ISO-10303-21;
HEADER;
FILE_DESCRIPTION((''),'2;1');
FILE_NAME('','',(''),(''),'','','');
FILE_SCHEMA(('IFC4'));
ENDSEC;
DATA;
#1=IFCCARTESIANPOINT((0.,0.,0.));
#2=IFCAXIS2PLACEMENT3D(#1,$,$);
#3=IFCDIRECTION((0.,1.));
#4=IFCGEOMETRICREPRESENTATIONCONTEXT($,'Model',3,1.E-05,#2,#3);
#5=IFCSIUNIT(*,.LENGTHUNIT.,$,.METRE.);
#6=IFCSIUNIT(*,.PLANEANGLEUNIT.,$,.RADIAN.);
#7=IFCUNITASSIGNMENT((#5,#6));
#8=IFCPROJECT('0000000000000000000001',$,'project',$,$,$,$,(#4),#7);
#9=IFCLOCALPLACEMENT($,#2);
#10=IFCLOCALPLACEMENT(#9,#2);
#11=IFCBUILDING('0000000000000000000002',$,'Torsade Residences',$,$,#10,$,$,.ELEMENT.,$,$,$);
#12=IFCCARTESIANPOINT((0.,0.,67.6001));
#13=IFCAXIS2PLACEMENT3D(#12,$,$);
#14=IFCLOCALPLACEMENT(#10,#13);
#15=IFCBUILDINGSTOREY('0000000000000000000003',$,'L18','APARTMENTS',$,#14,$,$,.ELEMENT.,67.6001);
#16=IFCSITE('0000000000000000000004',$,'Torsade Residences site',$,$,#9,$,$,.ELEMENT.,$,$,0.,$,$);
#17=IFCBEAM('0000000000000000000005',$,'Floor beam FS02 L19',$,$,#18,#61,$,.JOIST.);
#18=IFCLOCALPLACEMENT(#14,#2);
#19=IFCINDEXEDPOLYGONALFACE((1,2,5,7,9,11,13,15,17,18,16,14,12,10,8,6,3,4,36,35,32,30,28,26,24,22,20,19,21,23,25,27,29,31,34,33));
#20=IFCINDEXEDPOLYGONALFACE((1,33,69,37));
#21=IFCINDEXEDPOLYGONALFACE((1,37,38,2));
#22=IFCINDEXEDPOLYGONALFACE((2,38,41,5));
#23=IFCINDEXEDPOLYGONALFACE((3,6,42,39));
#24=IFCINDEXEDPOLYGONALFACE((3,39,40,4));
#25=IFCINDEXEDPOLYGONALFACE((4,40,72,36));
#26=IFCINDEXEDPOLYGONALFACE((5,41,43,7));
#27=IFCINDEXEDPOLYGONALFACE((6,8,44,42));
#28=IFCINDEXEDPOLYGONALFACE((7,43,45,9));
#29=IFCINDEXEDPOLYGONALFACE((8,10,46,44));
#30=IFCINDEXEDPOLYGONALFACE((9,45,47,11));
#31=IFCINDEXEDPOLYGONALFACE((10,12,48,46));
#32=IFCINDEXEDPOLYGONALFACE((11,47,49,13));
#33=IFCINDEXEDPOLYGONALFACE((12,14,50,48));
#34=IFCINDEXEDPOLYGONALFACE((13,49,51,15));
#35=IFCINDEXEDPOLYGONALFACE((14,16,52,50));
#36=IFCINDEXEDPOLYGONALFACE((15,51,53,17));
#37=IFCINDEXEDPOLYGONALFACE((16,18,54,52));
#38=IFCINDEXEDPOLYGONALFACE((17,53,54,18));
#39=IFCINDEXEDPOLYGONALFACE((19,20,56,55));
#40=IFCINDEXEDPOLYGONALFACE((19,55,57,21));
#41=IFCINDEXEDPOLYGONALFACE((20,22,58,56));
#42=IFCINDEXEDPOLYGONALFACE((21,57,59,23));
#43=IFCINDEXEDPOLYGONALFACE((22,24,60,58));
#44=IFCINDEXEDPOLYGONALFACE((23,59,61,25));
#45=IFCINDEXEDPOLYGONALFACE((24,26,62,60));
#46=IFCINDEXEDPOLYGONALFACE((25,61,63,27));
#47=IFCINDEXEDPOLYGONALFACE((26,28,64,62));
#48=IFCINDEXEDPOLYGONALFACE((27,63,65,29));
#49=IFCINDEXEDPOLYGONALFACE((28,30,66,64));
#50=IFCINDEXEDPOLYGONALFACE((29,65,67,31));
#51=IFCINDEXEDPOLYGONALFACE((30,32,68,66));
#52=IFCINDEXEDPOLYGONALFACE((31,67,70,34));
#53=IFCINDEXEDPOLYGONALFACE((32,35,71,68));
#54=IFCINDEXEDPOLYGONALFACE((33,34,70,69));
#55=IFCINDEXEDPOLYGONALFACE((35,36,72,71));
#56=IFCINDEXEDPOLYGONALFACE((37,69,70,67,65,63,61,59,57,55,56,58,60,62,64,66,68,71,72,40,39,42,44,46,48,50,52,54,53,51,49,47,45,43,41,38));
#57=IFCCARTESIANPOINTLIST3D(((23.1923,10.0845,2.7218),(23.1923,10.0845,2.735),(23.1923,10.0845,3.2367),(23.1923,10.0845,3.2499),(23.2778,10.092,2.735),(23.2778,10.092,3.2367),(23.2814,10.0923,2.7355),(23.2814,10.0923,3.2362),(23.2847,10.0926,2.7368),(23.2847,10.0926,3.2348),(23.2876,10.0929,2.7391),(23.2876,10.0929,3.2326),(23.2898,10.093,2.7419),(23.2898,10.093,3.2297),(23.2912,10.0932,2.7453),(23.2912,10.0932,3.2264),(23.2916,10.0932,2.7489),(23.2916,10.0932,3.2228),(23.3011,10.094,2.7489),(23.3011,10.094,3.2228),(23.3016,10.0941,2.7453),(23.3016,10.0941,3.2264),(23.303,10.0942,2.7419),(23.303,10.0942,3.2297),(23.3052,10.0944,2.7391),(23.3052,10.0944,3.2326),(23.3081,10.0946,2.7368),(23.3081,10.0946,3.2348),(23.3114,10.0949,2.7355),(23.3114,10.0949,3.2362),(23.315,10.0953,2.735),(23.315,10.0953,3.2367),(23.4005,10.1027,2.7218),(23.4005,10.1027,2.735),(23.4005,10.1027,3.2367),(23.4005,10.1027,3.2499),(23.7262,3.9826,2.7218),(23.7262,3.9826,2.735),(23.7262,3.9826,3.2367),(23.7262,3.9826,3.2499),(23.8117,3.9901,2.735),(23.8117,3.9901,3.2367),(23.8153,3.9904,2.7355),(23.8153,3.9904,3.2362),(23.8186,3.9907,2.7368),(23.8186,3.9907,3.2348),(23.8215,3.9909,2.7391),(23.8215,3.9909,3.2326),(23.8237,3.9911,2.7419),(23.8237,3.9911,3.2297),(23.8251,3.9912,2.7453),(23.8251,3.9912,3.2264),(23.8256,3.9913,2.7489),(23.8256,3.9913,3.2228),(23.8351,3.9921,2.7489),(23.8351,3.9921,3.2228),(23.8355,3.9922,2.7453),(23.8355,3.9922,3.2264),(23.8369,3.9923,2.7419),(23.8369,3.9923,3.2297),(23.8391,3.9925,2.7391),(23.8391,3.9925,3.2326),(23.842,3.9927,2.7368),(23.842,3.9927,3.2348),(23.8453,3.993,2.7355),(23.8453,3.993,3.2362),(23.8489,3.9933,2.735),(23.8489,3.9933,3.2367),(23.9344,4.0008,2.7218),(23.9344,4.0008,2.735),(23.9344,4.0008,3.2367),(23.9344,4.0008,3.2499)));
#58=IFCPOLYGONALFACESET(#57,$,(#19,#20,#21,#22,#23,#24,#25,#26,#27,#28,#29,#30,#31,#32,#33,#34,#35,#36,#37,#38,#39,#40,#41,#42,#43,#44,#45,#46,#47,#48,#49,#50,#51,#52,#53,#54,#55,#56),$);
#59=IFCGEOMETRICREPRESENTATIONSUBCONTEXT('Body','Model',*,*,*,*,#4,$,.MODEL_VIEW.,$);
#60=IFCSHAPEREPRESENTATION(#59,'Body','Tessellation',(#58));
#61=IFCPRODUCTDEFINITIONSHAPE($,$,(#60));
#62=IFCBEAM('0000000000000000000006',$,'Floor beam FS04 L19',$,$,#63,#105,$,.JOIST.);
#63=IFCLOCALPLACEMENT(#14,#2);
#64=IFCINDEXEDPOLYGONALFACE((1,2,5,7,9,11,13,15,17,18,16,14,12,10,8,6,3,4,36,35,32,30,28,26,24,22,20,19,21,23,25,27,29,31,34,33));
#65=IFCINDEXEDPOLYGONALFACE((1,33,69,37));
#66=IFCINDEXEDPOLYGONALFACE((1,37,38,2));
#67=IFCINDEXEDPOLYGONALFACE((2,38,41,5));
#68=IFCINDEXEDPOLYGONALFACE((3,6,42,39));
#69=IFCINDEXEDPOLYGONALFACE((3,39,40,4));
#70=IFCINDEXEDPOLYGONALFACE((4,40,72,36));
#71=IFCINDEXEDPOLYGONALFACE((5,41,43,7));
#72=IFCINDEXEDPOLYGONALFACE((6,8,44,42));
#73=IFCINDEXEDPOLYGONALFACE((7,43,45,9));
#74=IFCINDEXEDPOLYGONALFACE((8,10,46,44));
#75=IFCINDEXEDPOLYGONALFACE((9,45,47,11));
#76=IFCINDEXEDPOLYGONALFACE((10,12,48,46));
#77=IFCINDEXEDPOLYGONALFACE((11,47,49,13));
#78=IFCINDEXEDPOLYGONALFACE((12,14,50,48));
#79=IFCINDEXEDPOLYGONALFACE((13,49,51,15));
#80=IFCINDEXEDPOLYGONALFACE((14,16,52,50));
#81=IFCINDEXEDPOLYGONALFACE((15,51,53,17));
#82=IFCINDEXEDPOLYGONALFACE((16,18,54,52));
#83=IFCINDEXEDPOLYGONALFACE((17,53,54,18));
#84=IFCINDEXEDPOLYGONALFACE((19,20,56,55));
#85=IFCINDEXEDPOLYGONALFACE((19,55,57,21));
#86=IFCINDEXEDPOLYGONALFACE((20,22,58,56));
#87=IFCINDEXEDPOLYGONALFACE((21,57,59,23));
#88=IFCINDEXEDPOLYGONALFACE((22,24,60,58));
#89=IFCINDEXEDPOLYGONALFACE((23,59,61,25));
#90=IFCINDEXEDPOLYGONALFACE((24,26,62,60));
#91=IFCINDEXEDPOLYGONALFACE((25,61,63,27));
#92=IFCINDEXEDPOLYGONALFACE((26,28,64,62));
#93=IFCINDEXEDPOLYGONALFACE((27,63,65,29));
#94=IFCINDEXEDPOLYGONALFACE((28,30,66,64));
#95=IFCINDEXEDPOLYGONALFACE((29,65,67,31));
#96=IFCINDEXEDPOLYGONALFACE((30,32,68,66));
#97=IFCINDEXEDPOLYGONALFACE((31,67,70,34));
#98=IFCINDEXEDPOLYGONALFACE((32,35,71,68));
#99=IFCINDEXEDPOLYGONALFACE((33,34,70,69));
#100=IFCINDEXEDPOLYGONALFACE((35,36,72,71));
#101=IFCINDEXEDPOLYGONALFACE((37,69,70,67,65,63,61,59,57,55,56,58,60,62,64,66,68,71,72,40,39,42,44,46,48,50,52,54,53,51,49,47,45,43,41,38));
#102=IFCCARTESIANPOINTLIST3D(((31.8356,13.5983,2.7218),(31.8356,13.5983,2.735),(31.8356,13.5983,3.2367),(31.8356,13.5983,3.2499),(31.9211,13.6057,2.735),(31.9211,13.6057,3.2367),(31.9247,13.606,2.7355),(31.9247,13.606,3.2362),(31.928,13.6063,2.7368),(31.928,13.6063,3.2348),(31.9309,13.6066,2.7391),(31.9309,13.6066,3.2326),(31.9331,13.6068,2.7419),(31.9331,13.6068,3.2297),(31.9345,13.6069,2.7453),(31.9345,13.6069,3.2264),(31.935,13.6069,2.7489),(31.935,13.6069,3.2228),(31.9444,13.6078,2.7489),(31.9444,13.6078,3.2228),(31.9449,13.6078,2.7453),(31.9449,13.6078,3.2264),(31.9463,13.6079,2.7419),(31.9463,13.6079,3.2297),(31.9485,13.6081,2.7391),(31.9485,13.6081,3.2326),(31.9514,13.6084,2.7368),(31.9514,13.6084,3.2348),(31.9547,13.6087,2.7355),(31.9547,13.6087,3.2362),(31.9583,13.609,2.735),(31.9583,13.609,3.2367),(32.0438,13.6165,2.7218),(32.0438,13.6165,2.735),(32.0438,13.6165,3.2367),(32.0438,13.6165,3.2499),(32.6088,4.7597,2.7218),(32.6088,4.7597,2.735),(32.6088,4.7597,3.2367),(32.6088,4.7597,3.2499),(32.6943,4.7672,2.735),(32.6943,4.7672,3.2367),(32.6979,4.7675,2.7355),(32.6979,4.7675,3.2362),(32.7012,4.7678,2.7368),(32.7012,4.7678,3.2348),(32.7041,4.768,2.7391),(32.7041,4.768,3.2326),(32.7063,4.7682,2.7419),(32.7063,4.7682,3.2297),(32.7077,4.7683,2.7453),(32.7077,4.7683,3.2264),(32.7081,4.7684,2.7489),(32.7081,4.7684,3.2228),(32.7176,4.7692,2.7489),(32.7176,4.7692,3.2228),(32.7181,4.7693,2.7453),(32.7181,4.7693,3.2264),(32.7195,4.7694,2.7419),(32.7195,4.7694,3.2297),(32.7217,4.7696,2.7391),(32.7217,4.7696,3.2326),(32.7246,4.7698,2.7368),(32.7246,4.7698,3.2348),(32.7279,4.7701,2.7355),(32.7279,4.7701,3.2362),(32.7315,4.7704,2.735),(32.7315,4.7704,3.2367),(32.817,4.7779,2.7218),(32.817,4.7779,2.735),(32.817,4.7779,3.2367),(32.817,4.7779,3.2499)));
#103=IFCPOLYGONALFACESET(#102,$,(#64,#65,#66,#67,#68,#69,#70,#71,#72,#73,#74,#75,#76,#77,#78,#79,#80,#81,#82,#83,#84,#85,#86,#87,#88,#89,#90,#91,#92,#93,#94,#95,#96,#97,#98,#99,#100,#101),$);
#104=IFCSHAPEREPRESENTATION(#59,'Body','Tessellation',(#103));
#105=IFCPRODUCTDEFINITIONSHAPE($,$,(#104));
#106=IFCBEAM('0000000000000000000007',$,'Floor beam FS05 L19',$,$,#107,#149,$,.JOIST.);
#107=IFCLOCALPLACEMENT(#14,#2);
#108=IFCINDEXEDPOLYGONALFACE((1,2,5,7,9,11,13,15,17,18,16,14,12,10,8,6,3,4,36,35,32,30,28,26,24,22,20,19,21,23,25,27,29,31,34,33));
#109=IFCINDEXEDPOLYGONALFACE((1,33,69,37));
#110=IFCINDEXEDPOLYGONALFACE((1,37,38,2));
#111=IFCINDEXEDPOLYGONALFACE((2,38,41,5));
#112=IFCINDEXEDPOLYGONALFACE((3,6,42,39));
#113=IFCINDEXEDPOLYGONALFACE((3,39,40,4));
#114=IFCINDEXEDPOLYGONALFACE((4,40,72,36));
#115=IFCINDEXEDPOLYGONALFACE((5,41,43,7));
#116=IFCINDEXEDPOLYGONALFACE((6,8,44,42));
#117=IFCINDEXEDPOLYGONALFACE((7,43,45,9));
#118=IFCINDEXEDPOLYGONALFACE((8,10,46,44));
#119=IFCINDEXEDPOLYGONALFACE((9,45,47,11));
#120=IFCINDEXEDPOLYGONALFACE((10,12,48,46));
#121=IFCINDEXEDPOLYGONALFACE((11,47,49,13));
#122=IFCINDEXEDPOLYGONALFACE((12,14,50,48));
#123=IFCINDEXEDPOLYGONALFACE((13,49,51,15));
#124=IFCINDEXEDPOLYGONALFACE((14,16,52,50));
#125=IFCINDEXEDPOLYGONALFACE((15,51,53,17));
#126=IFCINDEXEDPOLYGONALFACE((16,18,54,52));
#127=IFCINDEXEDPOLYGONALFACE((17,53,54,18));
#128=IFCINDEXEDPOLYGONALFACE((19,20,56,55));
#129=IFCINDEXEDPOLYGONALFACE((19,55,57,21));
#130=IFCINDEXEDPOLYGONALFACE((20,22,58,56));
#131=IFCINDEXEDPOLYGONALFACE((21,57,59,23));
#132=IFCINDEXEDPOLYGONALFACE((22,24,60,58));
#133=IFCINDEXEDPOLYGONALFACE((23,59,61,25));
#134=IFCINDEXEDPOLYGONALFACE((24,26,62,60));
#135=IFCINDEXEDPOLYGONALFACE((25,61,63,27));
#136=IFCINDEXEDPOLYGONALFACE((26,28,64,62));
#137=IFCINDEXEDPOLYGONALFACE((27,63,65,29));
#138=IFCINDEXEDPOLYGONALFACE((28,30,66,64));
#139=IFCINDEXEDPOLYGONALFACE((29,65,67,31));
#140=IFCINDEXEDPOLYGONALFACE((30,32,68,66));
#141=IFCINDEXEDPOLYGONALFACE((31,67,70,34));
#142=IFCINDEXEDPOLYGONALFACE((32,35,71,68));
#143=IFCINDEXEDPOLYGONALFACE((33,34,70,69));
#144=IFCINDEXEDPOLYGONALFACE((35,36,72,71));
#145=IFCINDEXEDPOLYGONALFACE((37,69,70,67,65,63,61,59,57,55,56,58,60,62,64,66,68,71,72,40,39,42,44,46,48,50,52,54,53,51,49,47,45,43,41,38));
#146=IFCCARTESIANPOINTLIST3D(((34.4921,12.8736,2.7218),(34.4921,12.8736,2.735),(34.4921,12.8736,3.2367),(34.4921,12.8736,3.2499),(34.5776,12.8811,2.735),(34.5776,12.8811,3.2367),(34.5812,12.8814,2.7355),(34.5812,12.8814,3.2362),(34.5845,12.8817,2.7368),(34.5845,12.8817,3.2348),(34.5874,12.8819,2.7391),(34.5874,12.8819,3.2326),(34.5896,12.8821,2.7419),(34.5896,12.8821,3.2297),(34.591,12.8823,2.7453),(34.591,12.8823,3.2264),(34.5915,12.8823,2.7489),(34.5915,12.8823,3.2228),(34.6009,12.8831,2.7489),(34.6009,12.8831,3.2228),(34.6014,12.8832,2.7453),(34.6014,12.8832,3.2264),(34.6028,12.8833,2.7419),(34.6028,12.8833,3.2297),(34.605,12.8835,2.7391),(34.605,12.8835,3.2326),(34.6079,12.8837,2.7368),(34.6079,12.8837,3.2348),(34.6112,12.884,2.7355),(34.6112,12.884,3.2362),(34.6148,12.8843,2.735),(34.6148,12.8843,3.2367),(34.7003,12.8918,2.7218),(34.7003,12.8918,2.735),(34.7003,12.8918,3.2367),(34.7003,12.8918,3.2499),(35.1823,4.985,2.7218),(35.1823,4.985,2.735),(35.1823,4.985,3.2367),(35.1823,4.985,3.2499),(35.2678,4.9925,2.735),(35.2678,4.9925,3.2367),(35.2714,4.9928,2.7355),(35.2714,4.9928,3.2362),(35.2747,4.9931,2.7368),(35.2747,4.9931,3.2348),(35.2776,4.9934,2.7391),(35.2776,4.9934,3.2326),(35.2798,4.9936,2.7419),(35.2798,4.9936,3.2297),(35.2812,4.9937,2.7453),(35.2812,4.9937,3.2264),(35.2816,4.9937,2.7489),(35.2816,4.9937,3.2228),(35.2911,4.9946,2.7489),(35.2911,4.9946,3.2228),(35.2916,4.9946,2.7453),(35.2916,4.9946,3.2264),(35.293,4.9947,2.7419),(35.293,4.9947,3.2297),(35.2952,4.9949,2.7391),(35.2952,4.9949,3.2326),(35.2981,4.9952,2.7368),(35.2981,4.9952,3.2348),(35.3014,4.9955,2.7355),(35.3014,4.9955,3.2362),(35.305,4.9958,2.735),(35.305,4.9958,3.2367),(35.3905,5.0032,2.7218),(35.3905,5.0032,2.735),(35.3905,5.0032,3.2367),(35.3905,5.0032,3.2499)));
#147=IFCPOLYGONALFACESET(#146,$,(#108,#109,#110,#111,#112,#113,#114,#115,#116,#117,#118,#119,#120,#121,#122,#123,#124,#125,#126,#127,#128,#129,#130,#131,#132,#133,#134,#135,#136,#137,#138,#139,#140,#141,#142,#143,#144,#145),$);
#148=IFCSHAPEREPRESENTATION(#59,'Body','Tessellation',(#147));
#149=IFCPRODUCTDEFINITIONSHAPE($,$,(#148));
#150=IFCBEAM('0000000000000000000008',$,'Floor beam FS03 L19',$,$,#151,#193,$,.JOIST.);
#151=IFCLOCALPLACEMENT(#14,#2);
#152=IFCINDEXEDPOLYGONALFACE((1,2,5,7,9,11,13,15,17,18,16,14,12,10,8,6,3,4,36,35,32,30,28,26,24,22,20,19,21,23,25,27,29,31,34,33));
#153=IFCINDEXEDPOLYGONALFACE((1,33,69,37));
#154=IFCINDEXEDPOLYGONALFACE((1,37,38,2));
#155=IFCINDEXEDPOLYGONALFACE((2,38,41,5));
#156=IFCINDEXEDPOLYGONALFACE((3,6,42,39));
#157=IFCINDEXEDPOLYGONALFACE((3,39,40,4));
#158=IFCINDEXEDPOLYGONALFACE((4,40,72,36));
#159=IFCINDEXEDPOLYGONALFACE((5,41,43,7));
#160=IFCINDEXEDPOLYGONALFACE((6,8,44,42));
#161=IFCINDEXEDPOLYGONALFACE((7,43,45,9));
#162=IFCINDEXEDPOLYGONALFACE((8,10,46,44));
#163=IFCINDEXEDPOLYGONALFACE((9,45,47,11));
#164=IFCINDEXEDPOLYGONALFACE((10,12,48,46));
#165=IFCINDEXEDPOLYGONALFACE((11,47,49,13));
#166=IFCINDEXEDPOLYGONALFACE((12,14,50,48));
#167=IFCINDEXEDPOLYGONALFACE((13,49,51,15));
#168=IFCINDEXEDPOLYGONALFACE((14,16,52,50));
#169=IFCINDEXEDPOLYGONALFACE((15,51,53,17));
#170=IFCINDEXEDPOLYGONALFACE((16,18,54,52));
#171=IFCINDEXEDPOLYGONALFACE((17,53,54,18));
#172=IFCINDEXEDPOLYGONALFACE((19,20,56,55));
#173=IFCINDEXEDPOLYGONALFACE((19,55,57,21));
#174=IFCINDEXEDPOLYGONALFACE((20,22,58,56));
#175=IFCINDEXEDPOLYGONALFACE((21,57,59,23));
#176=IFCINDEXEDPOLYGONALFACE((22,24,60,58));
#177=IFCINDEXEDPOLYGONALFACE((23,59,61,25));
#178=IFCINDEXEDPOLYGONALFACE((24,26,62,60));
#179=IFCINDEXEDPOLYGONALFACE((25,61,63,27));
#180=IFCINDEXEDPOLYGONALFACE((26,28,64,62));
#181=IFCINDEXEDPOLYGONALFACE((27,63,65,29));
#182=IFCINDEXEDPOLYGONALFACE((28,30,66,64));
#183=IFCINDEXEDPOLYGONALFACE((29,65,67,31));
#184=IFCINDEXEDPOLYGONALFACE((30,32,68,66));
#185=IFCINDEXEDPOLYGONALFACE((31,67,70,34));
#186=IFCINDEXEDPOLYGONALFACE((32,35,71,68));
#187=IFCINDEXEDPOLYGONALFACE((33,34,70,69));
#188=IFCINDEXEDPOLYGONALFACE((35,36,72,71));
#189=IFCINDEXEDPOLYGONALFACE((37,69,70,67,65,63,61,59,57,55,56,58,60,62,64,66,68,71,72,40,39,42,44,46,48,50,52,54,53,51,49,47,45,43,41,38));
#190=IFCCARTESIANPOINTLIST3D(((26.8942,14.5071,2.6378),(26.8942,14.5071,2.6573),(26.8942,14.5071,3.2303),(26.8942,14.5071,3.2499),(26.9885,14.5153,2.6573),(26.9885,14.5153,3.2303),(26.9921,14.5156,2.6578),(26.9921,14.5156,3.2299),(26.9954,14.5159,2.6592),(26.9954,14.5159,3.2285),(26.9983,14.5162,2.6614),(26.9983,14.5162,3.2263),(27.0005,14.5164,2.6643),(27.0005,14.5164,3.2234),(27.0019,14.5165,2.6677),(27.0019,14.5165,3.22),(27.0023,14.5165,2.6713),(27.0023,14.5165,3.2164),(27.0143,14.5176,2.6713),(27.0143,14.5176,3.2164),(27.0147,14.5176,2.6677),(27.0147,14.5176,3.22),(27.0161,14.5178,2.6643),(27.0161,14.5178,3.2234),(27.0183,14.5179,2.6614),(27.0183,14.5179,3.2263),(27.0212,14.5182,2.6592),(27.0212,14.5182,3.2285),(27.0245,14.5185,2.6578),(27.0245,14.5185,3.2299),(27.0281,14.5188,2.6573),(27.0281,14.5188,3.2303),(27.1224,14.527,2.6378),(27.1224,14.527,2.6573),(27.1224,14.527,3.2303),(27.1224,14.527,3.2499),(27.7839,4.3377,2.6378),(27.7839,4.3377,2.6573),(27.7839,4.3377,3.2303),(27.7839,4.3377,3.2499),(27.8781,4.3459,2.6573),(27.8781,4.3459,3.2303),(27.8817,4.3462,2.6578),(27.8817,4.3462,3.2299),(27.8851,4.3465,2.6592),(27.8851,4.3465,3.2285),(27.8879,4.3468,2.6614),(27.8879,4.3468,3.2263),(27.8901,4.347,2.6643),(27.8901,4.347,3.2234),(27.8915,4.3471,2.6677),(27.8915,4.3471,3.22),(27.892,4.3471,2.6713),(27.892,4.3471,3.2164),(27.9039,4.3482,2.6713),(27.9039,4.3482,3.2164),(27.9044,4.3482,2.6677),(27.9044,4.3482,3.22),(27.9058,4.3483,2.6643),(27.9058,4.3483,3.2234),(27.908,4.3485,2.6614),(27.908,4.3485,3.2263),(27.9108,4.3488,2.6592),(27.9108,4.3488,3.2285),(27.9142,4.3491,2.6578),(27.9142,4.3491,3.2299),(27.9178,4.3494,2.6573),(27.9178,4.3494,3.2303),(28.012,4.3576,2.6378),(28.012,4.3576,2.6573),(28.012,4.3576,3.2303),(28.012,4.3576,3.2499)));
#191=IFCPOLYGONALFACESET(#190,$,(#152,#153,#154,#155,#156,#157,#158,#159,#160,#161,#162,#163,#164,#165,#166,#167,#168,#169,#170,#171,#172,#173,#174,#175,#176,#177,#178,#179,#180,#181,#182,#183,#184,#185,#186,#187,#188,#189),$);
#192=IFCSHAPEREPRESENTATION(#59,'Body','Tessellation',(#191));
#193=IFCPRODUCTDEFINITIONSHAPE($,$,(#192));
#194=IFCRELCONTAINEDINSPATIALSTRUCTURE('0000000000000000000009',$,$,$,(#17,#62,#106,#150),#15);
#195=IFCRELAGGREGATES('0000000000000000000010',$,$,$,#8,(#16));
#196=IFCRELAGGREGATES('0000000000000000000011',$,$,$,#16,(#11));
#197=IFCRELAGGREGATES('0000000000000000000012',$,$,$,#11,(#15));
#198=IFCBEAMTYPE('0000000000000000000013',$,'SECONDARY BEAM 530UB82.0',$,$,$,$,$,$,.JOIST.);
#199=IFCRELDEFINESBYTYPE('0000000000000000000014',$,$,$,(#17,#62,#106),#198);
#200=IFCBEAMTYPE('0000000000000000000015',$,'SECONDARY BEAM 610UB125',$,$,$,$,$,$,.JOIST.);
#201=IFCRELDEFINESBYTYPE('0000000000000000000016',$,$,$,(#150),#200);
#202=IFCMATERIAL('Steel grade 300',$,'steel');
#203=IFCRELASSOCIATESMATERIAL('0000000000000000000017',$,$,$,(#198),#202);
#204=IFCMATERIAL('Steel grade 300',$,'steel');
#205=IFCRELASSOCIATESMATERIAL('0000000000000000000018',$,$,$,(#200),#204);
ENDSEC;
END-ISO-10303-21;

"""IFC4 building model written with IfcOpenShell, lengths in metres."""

from ifc_helpers import new_model, si_unit, direction, frame, origin, origin_2d, place, context, subcontext, project, spatial, i_section, extrude, material, material_profile, profile_set, type_object, element, save


model = new_model("IFC4")

# Units and contexts
model_context = context("Model", 3, precision=1e-05, world=origin(), true_north=direction((0.0, 1.0)))
body_context = subcontext(model_context, "Body", "Model", "MODEL_VIEW")
ifc_project = project(units=[si_unit("LENGTHUNIT", "METRE"), si_unit("PLANEANGLEUNIT", "RADIAN")], contexts=[model_context])

# Site, building, storey
site_placement = place(None, origin())
site = spatial("IfcSite", under=ifc_project, at=site_placement, Name="Torsade Residences site", CompositionType="ELEMENT", RefElevation=0.0)
building_placement = place(site_placement, origin())
building = spatial("IfcBuilding", under=site, at=building_placement, Name="Torsade Residences", CompositionType="ELEMENT")
storey_placement = place(building_placement, frame((0.0, 0.0, 67.6001)))
storey = spatial("IfcBuildingStorey", under=building, at=storey_placement, Name="L18", Description="APARTMENTS", CompositionType="ELEMENT", Elevation=67.6001)

# Beams
ifc_material_1 = material(Name="Steel grade 300", Category="steel")
ifc_material_profile_1 = material_profile(ifc_material_1, i_section(OverallWidth=0.209, OverallDepth=0.5281, WebThickness=0.0095, FlangeThickness=0.0132, FilletRadius=0.0139, at=origin_2d()), Name="530UB82.0")
ifc_profile_set_1 = profile_set([ifc_material_profile_1], Name="Steel grade 300")
beam_type_1 = type_object("IfcBeamType", Name="SECONDARY BEAM 530UB82.0", PredefinedType="JOIST", material=ifc_profile_set_1)
beam_1_placement = place(storey_placement, frame((23.8303, 3.9917, 2.9858), z_axis=(-0.087171, 0.996193, 0.0), x_axis=(-0.996193, -0.087171, 0.0)))
element("IfcBeam", 1, at=beam_1_placement, inside=storey, type_object=beam_type_1, Name="Floor beam FS02 L19", PredefinedType="JOIST", context=body_context, shape_type="SweptSolid", body=[
    extrude(i_section(OverallWidth=0.209, OverallDepth=0.5281, WebThickness=0.0095, FlangeThickness=0.0132, FilletRadius=0.0139, at=origin_2d()), origin(), (0.0, 0.0, 1.0), 6.1252),
])
beam_2_placement = place(storey_placement, frame((32.7129, 4.7688, 2.9858), z_axis=(-0.087146, 0.996196, 0.0), x_axis=(-0.996196, -0.087146, 0.0)))
element("IfcBeam", 2, at=beam_2_placement, inside=storey, type_object=beam_type_1, Name="Floor beam FS04 L19", PredefinedType="JOIST", context=body_context, shape_type="SweptSolid", body=[
    extrude(i_section(OverallWidth=0.209, OverallDepth=0.5281, WebThickness=0.0095, FlangeThickness=0.0132, FilletRadius=0.0139, at=origin_2d()), origin(), (0.0, 0.0, 1.0), 8.8723),
])
beam_3_placement = place(storey_placement, frame((35.2864, 4.9941, 2.9858), z_axis=(-0.087158, 0.996195, 0.0), x_axis=(-0.996195, -0.087158, 0.0)))
element("IfcBeam", 3, at=beam_3_placement, inside=storey, type_object=beam_type_1, Name="Floor beam FS05 L19", PredefinedType="JOIST", context=body_context, shape_type="SweptSolid", body=[
    extrude(i_section(OverallWidth=0.209, OverallDepth=0.5281, WebThickness=0.0095, FlangeThickness=0.0132, FilletRadius=0.0139, at=origin_2d()), origin(), (0.0, 0.0, 1.0), 7.9187),
])
ifc_material_2 = material(Name="Steel grade 300", Category="steel")
ifc_material_profile_2 = material_profile(ifc_material_2, i_section(OverallWidth=0.229, OverallDepth=0.6121, WebThickness=0.012, FlangeThickness=0.0195, FilletRadius=0.0139, at=origin_2d()), Name="610UB125")
ifc_profile_set_2 = profile_set([ifc_material_profile_2], Name="Steel grade 300")
beam_type_2 = type_object("IfcBeamType", Name="SECONDARY BEAM 610UB125", PredefinedType="JOIST", material=ifc_profile_set_2)
beam_4_placement = place(storey_placement, frame((27.8979, 4.3477, 2.9438), z_axis=(-0.08715, 0.996195, 0.0), x_axis=(-0.996195, -0.08715, 0.0)))
element("IfcBeam", 4, at=beam_4_placement, inside=storey, type_object=beam_type_2, Name="Floor beam FS03 L19", PredefinedType="JOIST", context=body_context, shape_type="SweptSolid", body=[
    extrude(i_section(OverallWidth=0.229, OverallDepth=0.6121, WebThickness=0.012, FlangeThickness=0.0195, FilletRadius=0.0139, at=origin_2d()), origin(), (0.0, 0.0, 1.0), 10.2083),
])

save(model, "model.ifc")
